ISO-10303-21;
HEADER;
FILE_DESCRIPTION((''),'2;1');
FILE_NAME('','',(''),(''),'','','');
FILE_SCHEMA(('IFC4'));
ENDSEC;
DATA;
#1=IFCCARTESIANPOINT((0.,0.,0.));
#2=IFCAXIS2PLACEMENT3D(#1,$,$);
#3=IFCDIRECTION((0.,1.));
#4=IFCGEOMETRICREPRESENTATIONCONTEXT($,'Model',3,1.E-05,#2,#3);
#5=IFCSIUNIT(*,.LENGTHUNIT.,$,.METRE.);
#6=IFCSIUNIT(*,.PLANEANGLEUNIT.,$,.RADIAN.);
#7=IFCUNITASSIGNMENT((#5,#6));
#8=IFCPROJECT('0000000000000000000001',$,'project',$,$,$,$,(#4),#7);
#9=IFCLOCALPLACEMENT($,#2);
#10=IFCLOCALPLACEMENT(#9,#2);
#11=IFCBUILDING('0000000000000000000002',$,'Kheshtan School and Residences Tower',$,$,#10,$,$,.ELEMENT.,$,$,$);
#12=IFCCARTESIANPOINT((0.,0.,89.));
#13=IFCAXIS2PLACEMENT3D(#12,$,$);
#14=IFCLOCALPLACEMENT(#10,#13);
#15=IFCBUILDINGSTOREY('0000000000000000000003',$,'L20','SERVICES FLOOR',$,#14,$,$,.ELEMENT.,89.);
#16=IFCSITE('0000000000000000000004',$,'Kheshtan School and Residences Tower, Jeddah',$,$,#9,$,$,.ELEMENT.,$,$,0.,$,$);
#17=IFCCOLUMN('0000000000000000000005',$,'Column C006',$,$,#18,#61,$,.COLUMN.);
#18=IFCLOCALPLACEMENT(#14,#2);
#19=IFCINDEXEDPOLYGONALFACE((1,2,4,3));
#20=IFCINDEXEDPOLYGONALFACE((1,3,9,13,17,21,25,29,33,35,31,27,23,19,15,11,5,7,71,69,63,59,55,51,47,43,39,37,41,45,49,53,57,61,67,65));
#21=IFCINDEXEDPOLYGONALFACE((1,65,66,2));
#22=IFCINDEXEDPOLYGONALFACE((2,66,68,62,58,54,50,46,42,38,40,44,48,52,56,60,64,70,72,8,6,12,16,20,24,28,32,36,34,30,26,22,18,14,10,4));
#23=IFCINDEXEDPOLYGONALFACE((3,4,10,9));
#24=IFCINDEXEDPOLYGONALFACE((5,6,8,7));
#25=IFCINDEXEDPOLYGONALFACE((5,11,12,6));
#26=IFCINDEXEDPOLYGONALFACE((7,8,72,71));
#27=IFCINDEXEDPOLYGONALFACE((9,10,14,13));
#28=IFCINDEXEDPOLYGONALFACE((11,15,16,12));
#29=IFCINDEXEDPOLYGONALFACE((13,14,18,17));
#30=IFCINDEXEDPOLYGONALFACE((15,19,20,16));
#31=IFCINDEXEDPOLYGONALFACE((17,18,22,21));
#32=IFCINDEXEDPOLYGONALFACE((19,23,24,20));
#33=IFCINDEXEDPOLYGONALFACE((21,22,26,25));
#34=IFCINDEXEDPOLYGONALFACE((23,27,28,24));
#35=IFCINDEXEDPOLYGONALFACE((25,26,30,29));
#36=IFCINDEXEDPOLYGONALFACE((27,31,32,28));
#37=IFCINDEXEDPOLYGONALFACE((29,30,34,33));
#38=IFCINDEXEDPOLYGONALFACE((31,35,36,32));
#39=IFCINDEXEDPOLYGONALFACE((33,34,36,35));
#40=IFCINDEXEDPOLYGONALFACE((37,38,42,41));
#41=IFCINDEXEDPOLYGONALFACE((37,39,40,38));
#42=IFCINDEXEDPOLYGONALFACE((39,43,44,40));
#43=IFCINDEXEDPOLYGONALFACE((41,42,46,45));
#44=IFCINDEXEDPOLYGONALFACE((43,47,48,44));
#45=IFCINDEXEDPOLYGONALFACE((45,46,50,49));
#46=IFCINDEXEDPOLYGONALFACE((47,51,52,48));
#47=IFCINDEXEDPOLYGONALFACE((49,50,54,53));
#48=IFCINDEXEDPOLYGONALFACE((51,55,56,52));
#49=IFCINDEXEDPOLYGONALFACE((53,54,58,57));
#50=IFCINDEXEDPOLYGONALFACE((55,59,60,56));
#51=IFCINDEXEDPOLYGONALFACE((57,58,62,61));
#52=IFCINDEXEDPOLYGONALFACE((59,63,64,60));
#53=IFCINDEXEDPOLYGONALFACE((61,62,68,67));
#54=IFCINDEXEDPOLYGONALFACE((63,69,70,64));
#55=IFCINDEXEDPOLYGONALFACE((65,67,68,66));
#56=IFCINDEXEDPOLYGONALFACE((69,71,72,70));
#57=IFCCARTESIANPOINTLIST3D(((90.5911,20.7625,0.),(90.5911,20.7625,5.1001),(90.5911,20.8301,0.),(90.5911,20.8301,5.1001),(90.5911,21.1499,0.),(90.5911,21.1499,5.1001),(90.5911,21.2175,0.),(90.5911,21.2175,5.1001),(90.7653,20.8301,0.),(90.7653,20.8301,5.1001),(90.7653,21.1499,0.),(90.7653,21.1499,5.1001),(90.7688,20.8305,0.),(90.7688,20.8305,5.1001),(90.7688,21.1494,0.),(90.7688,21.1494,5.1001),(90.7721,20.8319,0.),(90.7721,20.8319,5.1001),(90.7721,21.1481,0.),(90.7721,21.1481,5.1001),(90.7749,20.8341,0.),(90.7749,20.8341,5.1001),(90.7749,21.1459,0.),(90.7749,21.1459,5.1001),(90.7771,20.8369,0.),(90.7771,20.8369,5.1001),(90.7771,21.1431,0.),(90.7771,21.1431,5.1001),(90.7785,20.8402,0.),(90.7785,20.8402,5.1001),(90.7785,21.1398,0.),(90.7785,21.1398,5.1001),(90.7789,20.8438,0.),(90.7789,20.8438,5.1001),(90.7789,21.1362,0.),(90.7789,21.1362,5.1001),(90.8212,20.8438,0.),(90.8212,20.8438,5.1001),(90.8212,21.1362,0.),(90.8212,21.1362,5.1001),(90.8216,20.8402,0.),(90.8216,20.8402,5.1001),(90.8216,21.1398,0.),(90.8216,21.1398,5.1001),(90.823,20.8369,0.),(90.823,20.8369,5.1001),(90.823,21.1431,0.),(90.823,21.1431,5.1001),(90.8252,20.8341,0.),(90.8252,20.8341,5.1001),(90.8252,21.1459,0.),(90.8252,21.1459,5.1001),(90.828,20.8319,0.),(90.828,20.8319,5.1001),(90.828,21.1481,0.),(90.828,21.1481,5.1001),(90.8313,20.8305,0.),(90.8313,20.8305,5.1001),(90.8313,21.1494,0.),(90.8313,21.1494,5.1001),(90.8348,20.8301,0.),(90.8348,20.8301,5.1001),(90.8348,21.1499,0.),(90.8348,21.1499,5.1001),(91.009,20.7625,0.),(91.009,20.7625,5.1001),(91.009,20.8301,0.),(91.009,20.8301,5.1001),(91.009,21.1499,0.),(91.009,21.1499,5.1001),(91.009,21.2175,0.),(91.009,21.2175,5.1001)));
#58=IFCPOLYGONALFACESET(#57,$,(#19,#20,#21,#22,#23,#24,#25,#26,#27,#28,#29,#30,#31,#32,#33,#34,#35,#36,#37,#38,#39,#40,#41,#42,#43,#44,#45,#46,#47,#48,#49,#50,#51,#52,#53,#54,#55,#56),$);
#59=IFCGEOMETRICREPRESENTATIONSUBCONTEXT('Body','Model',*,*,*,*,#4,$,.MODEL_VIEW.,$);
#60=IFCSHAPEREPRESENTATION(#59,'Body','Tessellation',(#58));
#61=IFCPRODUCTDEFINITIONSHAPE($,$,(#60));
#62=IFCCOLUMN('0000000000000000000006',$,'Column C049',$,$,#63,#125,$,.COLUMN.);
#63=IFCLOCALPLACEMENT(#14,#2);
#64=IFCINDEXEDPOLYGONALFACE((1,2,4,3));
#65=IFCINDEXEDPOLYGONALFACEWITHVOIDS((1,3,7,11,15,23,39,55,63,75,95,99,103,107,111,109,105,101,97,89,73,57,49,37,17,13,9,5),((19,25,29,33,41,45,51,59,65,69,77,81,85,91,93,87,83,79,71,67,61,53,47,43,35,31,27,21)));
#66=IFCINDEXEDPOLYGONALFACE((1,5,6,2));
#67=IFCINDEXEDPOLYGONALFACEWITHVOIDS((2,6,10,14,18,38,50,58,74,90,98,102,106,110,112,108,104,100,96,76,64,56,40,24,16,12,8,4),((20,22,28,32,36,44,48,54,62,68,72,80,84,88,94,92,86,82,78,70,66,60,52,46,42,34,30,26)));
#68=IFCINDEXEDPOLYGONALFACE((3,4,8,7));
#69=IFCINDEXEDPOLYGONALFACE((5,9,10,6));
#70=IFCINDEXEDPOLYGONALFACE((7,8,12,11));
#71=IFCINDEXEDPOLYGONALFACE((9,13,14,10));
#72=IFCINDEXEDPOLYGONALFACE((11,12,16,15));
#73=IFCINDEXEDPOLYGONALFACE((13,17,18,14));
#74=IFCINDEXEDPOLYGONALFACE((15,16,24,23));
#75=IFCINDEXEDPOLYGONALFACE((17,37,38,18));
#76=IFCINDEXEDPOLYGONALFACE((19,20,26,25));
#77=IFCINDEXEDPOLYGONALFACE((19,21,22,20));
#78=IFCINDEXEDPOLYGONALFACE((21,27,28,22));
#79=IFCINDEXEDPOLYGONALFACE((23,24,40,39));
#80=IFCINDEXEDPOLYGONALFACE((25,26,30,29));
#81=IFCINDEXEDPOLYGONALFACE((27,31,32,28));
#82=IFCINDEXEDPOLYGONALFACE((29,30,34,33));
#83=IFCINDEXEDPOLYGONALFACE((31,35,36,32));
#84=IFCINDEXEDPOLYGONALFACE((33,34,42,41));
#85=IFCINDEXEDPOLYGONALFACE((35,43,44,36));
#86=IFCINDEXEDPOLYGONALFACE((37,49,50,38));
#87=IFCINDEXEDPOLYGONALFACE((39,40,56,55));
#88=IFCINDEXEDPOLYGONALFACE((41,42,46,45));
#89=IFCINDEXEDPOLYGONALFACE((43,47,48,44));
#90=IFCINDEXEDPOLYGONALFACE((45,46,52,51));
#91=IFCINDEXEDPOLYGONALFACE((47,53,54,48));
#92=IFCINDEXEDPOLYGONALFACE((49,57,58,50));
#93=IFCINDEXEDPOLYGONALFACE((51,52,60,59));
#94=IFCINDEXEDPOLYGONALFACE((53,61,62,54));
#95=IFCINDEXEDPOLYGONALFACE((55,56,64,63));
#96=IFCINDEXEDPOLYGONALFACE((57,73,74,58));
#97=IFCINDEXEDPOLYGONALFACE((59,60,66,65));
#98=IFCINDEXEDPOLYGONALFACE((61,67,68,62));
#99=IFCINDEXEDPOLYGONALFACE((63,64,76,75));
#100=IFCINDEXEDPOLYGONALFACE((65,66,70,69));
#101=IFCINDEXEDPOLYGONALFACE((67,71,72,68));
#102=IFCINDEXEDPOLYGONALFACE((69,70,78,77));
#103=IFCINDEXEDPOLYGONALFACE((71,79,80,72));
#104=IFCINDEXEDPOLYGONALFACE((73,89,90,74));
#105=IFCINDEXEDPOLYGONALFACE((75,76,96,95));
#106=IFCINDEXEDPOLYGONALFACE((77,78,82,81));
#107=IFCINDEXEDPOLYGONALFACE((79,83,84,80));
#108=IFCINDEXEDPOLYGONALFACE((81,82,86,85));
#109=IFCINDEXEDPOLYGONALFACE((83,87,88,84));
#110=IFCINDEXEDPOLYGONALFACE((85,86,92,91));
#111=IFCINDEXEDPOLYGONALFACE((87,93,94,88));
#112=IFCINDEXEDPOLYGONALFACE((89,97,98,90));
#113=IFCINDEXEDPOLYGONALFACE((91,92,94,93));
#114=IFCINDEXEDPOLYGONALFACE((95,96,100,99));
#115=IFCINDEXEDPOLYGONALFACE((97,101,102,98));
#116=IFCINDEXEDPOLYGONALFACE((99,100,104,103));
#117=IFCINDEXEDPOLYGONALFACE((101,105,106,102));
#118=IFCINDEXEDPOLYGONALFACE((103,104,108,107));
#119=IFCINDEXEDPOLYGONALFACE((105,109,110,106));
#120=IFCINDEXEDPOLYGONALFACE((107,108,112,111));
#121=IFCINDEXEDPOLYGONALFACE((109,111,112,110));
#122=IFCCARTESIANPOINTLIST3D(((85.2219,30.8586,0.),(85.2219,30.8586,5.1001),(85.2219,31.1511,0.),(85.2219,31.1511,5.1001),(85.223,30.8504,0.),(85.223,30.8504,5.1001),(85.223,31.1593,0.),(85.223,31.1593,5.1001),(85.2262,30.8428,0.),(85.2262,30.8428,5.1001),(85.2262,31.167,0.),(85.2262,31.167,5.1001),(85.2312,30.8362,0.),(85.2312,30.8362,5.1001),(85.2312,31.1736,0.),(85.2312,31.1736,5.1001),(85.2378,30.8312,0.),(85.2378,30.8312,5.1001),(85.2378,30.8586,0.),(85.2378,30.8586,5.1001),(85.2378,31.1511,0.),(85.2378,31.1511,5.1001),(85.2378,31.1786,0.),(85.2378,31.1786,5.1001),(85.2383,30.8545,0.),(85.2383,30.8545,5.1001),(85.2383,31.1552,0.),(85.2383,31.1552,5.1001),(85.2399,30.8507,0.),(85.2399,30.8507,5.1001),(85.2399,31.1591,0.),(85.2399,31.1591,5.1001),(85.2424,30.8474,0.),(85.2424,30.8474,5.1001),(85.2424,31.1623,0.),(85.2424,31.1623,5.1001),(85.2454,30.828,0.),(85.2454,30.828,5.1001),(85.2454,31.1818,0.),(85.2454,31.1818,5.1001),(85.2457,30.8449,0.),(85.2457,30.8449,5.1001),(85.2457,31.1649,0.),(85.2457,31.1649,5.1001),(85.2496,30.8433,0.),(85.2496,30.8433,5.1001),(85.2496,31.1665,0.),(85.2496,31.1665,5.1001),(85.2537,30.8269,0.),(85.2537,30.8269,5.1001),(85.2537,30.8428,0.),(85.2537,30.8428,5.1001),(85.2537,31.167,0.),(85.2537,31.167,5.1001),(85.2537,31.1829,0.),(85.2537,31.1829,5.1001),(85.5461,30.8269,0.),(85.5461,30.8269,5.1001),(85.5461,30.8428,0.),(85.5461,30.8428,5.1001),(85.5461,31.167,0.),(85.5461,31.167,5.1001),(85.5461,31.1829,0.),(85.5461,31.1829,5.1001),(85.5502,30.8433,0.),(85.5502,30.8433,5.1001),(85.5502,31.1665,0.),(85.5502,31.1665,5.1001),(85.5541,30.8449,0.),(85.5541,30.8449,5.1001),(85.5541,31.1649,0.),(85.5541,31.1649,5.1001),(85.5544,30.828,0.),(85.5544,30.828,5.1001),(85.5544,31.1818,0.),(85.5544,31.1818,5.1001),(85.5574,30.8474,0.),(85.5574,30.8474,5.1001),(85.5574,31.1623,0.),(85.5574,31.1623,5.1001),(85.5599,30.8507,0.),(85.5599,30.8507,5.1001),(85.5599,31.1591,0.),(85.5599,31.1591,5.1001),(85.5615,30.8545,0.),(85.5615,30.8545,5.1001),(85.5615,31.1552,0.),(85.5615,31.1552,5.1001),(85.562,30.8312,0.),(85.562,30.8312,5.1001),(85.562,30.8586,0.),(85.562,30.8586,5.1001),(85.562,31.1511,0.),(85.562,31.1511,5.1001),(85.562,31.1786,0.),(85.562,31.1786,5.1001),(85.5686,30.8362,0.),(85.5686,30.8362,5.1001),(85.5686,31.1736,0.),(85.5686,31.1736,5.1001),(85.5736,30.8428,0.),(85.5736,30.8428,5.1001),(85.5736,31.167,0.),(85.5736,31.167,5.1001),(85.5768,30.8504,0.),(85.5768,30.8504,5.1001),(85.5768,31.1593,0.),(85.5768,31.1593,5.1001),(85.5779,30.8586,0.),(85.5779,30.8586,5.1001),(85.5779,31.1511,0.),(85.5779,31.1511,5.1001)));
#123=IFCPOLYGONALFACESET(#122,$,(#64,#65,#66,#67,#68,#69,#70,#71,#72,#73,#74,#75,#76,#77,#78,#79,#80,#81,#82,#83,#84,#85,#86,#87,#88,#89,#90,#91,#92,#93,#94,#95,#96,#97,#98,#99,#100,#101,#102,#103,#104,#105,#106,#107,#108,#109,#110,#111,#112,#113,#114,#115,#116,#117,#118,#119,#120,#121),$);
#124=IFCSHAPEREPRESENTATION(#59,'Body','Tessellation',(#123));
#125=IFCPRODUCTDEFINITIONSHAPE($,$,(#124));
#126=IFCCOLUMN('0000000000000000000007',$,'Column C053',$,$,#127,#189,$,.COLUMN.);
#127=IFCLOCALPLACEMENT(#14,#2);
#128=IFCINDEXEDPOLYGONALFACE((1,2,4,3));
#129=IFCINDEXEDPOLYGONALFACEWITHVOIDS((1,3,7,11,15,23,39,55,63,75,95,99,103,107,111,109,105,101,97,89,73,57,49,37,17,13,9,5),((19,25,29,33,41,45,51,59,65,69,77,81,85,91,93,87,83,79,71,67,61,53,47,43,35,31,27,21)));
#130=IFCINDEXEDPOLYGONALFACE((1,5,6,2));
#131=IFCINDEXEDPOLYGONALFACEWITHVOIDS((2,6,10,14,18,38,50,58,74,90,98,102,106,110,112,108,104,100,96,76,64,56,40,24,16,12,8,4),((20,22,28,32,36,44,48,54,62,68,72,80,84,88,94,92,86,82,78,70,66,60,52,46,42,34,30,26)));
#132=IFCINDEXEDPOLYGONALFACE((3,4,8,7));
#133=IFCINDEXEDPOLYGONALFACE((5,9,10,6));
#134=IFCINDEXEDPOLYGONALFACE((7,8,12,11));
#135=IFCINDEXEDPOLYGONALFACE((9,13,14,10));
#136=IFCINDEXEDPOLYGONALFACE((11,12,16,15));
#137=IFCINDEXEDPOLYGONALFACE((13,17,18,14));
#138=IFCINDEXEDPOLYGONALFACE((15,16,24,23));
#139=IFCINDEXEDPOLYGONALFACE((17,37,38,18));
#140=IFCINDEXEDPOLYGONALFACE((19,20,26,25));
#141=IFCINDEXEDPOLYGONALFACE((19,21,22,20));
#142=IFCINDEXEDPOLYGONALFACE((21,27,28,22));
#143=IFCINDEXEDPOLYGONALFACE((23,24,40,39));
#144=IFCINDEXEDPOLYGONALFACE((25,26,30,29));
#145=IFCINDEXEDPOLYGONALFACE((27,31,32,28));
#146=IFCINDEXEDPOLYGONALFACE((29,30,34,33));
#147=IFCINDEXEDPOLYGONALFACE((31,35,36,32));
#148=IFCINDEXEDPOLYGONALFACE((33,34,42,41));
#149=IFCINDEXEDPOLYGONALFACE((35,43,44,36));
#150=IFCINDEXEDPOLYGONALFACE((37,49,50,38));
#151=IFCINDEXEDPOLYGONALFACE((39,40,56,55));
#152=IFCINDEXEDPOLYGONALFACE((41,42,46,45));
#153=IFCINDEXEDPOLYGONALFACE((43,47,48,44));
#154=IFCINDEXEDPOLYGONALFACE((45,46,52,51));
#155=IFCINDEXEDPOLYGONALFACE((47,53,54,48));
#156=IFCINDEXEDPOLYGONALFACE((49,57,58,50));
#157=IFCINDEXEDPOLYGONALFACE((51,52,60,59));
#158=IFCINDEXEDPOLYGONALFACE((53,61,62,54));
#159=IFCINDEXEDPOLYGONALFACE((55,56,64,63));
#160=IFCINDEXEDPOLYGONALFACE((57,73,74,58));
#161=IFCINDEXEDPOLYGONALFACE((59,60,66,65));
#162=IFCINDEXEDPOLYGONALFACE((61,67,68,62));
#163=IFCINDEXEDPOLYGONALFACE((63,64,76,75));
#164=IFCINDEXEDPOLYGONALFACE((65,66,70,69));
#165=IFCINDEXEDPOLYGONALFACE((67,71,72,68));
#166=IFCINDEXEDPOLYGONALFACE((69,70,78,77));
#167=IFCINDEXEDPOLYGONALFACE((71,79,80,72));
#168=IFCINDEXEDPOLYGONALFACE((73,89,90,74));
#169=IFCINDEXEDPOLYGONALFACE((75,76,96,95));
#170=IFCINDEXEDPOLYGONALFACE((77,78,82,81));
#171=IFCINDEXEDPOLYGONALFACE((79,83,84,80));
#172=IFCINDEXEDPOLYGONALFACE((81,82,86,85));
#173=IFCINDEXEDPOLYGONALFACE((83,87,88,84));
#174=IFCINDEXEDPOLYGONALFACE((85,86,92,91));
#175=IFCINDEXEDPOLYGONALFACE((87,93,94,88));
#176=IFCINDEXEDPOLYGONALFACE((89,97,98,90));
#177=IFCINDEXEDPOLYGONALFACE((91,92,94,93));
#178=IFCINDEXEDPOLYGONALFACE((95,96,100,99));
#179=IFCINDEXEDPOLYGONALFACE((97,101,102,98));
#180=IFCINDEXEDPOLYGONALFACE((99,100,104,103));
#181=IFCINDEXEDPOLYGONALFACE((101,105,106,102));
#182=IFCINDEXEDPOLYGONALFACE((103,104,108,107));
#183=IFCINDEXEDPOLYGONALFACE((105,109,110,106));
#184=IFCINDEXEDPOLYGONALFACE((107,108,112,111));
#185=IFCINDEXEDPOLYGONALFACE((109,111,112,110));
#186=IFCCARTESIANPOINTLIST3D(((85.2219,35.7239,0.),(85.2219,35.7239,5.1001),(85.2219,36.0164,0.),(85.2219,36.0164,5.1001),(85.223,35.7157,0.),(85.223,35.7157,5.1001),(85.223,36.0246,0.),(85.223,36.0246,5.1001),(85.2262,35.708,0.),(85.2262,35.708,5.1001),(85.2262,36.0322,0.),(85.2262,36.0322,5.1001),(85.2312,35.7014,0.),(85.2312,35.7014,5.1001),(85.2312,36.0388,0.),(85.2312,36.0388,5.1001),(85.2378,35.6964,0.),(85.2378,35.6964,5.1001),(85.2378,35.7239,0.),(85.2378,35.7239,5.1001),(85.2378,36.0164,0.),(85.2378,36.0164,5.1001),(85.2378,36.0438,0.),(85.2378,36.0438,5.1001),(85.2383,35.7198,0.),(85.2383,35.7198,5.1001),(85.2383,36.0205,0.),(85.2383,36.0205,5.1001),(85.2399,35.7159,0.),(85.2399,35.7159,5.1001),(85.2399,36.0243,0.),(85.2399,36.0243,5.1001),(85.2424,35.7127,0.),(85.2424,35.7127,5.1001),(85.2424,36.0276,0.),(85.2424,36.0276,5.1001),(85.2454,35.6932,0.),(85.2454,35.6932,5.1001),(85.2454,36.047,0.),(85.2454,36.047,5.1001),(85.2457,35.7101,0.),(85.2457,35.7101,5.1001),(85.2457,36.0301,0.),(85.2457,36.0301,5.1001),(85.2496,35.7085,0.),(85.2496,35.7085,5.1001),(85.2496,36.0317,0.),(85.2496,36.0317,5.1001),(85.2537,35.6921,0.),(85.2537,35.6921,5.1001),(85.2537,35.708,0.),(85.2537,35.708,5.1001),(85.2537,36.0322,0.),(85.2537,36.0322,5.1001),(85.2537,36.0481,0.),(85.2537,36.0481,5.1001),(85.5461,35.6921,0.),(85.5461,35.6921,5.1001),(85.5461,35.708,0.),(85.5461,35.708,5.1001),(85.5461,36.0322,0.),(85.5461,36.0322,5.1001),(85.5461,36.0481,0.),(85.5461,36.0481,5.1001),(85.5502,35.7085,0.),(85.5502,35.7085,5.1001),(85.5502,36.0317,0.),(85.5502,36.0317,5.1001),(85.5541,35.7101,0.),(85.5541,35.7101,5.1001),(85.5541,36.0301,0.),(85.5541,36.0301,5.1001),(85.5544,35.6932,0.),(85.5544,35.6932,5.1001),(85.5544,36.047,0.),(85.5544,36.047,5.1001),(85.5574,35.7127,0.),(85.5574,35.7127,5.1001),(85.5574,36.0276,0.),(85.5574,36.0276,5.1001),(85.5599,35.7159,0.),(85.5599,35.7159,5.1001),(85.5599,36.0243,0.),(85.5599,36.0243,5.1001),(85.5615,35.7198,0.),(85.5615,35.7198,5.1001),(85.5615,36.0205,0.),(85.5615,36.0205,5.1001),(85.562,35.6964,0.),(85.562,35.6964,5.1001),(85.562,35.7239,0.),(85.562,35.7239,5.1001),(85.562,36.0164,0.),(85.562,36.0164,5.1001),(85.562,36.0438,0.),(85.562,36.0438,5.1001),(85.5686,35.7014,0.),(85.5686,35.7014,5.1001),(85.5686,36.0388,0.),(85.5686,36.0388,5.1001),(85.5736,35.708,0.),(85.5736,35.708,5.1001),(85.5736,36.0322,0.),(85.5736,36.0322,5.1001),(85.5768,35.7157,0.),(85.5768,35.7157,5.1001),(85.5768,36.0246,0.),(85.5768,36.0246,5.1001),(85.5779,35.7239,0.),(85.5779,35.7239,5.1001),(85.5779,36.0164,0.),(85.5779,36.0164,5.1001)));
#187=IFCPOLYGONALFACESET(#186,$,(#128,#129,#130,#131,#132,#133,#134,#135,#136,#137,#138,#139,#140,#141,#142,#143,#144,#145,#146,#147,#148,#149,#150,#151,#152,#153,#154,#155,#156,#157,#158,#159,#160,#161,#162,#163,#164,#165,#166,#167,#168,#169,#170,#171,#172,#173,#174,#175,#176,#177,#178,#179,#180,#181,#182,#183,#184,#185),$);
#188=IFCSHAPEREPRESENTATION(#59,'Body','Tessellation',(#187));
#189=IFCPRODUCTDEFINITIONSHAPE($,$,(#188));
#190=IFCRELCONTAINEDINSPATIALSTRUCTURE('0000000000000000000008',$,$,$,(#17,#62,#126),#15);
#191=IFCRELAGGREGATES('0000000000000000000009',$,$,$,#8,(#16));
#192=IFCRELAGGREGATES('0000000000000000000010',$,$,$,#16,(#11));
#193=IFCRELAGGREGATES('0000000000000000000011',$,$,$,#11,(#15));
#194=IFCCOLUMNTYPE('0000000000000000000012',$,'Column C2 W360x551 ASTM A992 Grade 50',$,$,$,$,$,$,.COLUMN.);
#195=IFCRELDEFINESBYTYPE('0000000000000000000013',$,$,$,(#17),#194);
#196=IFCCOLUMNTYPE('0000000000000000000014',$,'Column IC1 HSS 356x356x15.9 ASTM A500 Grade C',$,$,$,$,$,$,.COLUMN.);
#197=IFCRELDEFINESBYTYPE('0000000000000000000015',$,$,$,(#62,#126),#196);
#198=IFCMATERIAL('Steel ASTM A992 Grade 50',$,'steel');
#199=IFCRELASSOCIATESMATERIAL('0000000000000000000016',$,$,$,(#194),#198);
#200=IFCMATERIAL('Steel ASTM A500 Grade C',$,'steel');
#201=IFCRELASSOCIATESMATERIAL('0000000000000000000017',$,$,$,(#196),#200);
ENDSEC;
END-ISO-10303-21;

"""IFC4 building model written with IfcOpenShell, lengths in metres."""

from ifc_helpers import new_model, si_unit, direction, frame, origin, origin_2d, place, context, subcontext, project, spatial, hollow_rectangle, i_section, extrude, material, material_profile, profile_set, type_object, element, save


model = new_model("IFC4")

# Units and contexts
model_context = context("Model", 3, precision=1e-05, world=origin(), true_north=direction((0.0, 1.0)))
body_context = subcontext(model_context, "Body", "Model", "MODEL_VIEW")
ifc_project = project(units=[si_unit("LENGTHUNIT", "METRE"), si_unit("PLANEANGLEUNIT", "RADIAN")], contexts=[model_context])

# Site, building, storey
site_placement = place(None, origin())
site = spatial("IfcSite", under=ifc_project, at=site_placement, Name="Kheshtan School and Residences Tower, Jeddah", CompositionType="ELEMENT", RefElevation=0.0)
building_placement = place(site_placement, origin())
building = spatial("IfcBuilding", under=site, at=building_placement, Name="Kheshtan School and Residences Tower", CompositionType="ELEMENT")
storey_placement = place(building_placement, frame((0.0, 0.0, 89.0)))
storey = spatial("IfcBuildingStorey", under=building, at=storey_placement, Name="L20", Description="SERVICES FLOOR", CompositionType="ELEMENT", Elevation=89.0)

# Columns
ifc_material_1 = material(Name="Steel ASTM A992 Grade 50", Category="steel")
ifc_material_profile_1 = material_profile(ifc_material_1, i_section(OverallWidth=0.418, OverallDepth=0.4551, WebThickness=0.0422, FlangeThickness=0.0676, FilletRadius=0.0137, at=origin_2d()), Name="W360x551")
ifc_profile_set_1 = profile_set([ifc_material_profile_1], Name="Steel ASTM A992 Grade 50")
column_type_1 = type_object("IfcColumnType", Name="Column C2 W360x551 ASTM A992 Grade 50", PredefinedType="COLUMN", material=ifc_profile_set_1)
column_placement = place(storey_placement, frame((90.8, 20.99, 0.0), z_axis=(0.0, 0.0, 1.0), x_axis=(1.0, 0.0, 0.0)))
element("IfcColumn", 1, at=column_placement, inside=storey, type_object=column_type_1, Name="Column C006", PredefinedType="COLUMN", context=body_context, shape_type="SweptSolid", body=[
    extrude(i_section(OverallWidth=0.418, OverallDepth=0.4551, WebThickness=0.0422, FlangeThickness=0.0676, FilletRadius=0.0137, at=origin_2d()), origin(), (0.0, 0.0, 1.0), 5.1001),
])
ifc_material_2 = material(Name="Steel ASTM A500 Grade C", Category="steel")
ifc_material_profile_2 = material_profile(ifc_material_2, hollow_rectangle(XDim=0.356, YDim=0.356, WallThickness=0.0159, InnerFilletRadius=0.0159, OuterFilletRadius=0.0317, at=origin_2d()), Name="HSS 356x356x15.9")
ifc_profile_set_2 = profile_set([ifc_material_profile_2], Name="Steel ASTM A500 Grade C")
column_type_2 = type_object("IfcColumnType", Name="Column IC1 HSS 356x356x15.9 ASTM A500 Grade C", PredefinedType="COLUMN", material=ifc_profile_set_2)
for number, where, z_axis, x_axis, name in (
    (2, (85.3999, 31.0049, 0.0), (0.0, 0.0, 1.0), (1.0, 0.0, 0.0), "Column C049"),
    (3, (85.3999, 35.8701, 0.0), (0.0, 0.0, 1.0), (1.0, 0.0, 0.0), "Column C053"),
):
    element("IfcColumn", number, at=place(storey_placement, frame(where, z_axis=z_axis, x_axis=x_axis)), inside=storey, type_object=column_type_2, Name=name, PredefinedType="COLUMN", context=body_context, shape_type="SweptSolid", body=[
        extrude(hollow_rectangle(XDim=0.356, YDim=0.356, WallThickness=0.0159, InnerFilletRadius=0.0159, OuterFilletRadius=0.0317, at=origin_2d()), origin(), (0.0, 0.0, 1.0), 5.1001),
    ])

save(model, "model.ifc")
